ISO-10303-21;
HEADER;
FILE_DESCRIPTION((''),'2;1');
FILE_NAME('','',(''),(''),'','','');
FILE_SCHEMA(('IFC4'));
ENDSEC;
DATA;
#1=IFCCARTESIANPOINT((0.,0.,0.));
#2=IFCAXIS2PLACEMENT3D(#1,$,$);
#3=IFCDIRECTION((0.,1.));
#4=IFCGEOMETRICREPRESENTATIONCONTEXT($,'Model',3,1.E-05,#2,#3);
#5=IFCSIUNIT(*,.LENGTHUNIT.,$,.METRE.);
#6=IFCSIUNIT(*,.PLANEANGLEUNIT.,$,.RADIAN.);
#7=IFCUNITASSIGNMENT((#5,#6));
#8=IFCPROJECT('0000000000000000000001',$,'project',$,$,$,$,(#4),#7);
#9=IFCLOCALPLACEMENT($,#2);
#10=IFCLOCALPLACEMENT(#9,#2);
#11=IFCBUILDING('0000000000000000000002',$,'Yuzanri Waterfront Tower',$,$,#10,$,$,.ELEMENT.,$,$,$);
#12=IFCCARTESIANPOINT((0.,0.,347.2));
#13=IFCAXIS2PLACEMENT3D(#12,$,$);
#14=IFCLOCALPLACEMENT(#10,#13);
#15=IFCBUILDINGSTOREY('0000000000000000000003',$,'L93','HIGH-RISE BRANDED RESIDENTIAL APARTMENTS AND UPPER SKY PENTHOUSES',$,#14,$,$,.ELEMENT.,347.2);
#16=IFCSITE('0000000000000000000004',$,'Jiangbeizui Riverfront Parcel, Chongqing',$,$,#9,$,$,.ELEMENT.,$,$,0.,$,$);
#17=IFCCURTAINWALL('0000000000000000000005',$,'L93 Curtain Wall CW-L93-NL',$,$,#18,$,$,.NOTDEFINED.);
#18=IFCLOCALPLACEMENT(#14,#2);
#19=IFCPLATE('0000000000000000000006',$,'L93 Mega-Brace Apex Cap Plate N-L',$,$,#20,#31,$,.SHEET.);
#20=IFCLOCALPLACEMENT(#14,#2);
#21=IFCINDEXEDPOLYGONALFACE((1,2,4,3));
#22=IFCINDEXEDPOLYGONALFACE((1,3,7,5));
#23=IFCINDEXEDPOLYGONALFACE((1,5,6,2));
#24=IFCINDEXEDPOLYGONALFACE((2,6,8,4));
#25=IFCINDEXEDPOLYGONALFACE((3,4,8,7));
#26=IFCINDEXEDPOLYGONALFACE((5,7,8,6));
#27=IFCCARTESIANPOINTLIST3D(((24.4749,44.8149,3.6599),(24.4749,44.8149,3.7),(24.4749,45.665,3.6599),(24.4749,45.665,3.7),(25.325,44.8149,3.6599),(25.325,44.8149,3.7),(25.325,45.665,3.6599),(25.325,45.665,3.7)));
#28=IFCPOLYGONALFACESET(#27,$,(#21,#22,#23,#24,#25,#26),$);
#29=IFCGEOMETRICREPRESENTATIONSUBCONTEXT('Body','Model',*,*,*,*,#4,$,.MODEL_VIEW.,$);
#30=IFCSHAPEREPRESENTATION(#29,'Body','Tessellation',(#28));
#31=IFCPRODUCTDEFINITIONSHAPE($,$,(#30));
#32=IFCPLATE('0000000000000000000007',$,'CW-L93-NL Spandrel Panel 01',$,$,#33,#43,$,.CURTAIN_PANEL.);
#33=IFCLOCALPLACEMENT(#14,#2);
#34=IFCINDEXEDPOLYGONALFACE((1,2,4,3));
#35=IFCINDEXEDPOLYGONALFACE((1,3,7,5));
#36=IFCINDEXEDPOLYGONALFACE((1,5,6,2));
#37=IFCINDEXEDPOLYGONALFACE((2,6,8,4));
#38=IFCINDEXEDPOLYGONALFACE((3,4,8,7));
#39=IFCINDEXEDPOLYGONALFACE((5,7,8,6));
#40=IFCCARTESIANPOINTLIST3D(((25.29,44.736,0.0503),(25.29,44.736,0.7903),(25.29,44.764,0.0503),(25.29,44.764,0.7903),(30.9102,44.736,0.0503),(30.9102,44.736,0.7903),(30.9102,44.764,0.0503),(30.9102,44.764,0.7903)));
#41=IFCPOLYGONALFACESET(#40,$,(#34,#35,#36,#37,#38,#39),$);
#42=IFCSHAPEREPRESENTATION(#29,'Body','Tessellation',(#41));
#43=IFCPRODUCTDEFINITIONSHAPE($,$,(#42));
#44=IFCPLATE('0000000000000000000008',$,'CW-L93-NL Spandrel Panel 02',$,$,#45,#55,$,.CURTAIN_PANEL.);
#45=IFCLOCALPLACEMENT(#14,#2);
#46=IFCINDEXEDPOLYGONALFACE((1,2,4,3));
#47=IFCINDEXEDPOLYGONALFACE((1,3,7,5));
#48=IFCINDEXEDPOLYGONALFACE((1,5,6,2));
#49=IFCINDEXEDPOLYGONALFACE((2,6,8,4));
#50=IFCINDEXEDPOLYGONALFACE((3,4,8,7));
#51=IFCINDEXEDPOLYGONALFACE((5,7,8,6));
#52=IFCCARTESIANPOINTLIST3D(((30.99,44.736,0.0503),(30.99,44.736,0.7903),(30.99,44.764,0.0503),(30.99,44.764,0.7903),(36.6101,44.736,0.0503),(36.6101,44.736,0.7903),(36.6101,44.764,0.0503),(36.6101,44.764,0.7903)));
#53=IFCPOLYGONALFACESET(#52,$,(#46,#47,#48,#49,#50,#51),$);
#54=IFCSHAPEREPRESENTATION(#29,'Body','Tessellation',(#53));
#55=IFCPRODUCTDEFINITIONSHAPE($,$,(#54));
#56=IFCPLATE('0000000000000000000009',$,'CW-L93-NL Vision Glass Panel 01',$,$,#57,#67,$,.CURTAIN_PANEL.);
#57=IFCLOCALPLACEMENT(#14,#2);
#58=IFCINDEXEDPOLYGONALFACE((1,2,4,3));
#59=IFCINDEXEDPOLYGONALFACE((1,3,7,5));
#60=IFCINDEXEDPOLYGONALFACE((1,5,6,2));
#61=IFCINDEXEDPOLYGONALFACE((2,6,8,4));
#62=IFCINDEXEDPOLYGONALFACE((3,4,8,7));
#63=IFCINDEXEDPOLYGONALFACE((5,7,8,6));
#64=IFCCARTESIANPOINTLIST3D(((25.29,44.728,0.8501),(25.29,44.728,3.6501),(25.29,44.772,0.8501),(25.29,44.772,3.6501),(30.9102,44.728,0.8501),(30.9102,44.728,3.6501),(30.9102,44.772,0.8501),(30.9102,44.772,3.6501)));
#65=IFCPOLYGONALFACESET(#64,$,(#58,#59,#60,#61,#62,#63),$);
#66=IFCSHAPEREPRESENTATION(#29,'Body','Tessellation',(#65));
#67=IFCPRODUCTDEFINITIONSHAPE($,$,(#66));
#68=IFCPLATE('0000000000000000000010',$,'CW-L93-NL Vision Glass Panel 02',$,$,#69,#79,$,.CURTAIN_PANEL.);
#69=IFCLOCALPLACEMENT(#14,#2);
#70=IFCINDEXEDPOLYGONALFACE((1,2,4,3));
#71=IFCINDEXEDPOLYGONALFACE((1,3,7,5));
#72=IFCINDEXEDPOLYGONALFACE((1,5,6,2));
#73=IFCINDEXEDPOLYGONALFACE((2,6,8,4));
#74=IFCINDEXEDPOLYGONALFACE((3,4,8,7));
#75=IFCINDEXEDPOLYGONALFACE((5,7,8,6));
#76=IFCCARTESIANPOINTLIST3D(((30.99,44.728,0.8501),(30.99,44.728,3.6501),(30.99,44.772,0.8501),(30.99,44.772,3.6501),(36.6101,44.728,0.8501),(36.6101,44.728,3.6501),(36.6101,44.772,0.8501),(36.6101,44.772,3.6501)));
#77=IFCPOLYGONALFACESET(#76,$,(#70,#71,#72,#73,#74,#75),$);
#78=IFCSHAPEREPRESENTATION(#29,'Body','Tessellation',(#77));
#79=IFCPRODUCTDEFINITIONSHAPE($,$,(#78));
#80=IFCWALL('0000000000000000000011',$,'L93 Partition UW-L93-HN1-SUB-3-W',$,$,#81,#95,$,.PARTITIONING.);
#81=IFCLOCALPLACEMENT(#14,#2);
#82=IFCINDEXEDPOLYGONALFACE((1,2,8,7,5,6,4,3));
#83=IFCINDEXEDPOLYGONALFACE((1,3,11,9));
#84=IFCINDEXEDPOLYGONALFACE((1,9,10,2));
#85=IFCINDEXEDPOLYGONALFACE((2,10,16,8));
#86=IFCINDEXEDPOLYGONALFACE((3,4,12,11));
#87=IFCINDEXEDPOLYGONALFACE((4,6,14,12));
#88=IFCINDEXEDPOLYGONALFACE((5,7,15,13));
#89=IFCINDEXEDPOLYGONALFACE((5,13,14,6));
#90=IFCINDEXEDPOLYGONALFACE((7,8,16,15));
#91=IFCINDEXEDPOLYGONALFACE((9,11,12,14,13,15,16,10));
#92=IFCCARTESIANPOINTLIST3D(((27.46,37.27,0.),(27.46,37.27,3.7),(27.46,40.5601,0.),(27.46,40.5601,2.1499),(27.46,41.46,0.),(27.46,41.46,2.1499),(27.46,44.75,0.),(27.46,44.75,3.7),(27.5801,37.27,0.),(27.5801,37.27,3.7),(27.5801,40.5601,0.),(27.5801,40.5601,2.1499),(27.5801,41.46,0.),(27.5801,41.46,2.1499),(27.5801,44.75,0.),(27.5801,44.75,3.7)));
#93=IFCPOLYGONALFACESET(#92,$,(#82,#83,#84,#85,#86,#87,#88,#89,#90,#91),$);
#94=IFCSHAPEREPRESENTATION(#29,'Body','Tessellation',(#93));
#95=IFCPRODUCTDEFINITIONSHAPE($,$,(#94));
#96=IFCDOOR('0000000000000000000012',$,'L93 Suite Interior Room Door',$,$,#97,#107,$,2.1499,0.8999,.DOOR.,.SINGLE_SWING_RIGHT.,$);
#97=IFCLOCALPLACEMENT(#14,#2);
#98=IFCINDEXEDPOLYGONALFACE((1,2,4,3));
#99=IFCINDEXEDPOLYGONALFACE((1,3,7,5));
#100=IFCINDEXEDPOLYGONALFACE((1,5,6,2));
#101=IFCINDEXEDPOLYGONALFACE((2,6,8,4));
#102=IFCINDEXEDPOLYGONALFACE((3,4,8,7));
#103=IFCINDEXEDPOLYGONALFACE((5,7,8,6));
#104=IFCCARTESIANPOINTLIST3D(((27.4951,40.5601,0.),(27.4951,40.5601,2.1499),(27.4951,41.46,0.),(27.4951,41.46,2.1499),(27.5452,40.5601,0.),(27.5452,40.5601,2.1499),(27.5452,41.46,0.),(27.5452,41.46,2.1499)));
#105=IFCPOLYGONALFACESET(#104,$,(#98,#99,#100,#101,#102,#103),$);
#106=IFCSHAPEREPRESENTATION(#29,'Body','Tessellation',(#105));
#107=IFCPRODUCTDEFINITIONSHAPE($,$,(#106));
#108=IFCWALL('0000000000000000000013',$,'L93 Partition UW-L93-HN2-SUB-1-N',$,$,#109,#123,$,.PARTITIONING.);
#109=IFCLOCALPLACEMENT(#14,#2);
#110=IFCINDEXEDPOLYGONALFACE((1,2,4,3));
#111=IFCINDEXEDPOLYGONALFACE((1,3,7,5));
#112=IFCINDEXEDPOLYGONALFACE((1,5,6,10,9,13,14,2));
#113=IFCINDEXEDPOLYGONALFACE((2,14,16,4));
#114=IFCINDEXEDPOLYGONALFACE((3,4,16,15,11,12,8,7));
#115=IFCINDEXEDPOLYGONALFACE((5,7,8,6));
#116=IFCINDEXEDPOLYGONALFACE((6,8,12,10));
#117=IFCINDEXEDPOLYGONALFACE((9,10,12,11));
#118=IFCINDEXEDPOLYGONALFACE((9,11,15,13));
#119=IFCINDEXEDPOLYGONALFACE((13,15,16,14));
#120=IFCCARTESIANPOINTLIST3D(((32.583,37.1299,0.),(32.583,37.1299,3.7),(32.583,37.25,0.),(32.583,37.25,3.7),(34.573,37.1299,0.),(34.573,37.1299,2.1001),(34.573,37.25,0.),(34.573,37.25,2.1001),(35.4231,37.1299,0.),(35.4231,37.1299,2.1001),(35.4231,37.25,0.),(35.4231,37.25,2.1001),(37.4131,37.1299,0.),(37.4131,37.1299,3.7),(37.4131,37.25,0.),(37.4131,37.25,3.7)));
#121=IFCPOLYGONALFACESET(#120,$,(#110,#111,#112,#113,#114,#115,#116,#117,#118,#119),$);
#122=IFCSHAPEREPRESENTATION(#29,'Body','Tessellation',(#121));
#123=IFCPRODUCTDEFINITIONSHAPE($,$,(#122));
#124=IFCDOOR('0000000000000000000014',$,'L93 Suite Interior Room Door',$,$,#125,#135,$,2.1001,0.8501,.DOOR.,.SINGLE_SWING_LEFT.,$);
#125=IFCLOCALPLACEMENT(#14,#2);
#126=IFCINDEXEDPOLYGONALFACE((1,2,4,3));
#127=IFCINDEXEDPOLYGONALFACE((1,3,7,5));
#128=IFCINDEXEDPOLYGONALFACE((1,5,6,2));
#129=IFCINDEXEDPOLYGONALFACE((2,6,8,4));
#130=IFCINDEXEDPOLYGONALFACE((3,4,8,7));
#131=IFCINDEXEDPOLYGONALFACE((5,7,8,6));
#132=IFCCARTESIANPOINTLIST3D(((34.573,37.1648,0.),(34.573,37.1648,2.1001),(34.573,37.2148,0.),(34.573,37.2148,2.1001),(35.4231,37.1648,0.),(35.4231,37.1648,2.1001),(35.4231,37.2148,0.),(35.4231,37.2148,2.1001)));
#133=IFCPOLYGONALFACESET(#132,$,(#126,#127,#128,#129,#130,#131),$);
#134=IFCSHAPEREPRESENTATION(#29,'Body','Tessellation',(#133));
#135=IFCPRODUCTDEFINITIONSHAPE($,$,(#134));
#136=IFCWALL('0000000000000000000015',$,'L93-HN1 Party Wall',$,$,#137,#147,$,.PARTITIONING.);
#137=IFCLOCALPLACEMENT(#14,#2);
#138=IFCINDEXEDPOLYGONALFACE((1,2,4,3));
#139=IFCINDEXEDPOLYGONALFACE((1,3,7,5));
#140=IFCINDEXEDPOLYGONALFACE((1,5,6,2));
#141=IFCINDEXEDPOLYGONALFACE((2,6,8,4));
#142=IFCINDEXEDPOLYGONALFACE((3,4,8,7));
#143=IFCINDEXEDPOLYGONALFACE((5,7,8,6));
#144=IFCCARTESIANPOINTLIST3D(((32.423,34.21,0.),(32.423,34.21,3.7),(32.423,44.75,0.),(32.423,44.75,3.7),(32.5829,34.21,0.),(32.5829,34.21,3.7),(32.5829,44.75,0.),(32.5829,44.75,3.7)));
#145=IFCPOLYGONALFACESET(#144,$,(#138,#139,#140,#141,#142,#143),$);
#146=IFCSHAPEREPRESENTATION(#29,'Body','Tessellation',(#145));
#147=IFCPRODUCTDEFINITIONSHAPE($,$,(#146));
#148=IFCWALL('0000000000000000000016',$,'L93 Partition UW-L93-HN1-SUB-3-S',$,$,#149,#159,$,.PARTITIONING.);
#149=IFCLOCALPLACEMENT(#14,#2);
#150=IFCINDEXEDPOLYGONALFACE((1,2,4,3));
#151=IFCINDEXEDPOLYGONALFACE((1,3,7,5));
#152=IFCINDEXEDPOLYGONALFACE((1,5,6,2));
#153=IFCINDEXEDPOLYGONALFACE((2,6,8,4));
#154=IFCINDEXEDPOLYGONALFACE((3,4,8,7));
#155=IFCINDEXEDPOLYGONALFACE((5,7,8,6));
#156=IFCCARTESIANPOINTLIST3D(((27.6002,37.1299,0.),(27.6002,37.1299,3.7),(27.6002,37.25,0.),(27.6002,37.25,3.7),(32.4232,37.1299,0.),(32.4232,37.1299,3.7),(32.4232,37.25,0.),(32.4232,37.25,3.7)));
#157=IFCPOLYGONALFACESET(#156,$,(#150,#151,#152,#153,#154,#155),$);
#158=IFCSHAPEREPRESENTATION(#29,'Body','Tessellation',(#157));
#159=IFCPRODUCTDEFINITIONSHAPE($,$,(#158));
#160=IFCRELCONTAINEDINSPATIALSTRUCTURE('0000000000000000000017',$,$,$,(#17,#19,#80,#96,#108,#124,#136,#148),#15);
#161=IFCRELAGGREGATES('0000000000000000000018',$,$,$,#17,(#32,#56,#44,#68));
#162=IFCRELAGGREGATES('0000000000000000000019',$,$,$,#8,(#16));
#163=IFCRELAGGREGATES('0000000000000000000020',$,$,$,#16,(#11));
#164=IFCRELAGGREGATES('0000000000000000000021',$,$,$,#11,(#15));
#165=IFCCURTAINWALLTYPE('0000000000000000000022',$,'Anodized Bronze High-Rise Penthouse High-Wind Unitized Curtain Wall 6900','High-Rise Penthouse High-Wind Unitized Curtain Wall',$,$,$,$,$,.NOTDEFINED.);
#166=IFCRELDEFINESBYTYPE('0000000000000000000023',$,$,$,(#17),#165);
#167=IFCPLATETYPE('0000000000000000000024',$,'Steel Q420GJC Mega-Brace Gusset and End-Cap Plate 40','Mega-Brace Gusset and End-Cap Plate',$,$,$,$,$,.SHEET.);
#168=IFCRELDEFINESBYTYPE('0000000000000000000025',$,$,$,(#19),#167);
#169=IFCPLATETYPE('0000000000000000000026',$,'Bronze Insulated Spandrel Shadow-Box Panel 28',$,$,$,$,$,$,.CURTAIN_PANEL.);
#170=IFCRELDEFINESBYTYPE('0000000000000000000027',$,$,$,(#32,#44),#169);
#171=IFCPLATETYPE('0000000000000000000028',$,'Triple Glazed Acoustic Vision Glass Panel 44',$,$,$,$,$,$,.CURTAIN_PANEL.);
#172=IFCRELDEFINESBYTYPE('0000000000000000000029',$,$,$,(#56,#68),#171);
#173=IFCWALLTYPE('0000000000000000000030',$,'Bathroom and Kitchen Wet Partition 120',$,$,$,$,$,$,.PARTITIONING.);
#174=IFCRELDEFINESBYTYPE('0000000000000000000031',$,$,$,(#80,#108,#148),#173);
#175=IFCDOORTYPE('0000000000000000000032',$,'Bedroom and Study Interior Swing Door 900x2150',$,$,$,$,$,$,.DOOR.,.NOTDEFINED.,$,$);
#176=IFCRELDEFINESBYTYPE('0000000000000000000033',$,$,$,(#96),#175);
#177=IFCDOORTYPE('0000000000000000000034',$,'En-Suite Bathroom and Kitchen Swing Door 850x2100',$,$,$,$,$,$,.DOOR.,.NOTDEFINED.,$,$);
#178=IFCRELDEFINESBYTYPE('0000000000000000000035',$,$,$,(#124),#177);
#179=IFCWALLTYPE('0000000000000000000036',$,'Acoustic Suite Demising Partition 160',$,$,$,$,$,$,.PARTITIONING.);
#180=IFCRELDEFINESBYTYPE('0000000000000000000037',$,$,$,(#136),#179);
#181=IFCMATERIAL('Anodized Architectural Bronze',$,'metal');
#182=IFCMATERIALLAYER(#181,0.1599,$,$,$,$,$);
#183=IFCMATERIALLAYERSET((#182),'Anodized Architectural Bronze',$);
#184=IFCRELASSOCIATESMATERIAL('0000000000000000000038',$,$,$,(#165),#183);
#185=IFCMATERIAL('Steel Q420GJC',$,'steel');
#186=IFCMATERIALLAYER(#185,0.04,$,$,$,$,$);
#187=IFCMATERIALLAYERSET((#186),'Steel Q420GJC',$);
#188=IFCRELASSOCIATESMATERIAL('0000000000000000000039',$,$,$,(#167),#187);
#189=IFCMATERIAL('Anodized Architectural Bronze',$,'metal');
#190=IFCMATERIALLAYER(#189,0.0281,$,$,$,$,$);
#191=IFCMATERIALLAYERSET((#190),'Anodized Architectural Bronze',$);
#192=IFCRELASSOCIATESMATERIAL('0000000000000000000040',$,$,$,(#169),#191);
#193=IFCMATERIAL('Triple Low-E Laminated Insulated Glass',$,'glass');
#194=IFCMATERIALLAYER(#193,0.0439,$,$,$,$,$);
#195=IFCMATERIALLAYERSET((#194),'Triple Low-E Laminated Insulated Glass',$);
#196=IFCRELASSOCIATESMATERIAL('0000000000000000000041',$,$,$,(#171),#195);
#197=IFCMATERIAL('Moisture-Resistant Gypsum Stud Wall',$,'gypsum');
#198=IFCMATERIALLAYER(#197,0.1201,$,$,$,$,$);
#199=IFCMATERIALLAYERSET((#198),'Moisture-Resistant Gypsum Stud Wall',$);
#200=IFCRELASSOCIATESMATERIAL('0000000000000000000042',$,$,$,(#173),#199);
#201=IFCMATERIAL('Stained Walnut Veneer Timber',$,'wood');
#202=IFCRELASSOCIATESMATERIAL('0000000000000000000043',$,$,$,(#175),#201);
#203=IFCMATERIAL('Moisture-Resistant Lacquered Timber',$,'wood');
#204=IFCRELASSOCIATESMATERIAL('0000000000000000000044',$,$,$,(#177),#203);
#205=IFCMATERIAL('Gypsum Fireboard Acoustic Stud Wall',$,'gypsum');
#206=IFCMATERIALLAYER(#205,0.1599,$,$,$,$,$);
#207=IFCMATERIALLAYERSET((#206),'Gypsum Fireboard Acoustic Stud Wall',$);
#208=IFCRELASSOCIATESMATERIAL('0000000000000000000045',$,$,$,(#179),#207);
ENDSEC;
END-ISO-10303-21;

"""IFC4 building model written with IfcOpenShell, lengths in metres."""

from ifc_helpers import new_model, si_unit, direction, frame, frame_2d, origin, origin_2d, place, context, subcontext, project, spatial, rectangle, extrude, source, transform, mapped, material, layer, layer_set, type_object, element, fill, aggregate, save


model = new_model("IFC4")

# Units and contexts
model_context = context("Model", 3, precision=1e-05, world=origin(), true_north=direction((0.0, 1.0)))
body_context = subcontext(model_context, "Body", "Model", "MODEL_VIEW")
ifc_project = project(units=[si_unit("LENGTHUNIT", "METRE"), si_unit("PLANEANGLEUNIT", "RADIAN")], contexts=[model_context])

# Site, building, storey
site_placement = place(None, origin())
site = spatial("IfcSite", under=ifc_project, at=site_placement, Name="Jiangbeizui Riverfront Parcel, Chongqing", CompositionType="ELEMENT", RefElevation=0.0)
building_placement = place(site_placement, origin())
building = spatial("IfcBuilding", under=site, at=building_placement, Name="Yuzanri Waterfront Tower", CompositionType="ELEMENT")
storey_placement = place(building_placement, frame((0.0, 0.0, 347.2)))
storey = spatial("IfcBuildingStorey", under=building, at=storey_placement, Name="L93", Description="HIGH-RISE BRANDED RESIDENTIAL APARTMENTS AND UPPER SKY PENTHOUSES", CompositionType="ELEMENT", Elevation=347.2)

# Curtain wall
ifc_material_1 = material(Name="Anodized Architectural Bronze", Category="metal")
ifc_layer_1 = layer(ifc_material_1, 0.1599)
ifc_layer_set_1 = layer_set([ifc_layer_1], Name="Anodized Architectural Bronze")
curtain_wall_type = type_object("IfcCurtainWallType", Name="Anodized Bronze High-Rise Penthouse High-Wind Unitized Curtain Wall 6900", Description="High-Rise Penthouse High-Wind Unitized Curtain Wall", PredefinedType="NOTDEFINED", material=ifc_layer_set_1)
curtain_wall_placement = place(storey_placement, origin())
curtain_wall = element("IfcCurtainWall", 1, at=curtain_wall_placement, inside=storey, type_object=curtain_wall_type, Name="L93 Curtain Wall CW-L93-NL", PredefinedType="NOTDEFINED")

# Plates
ifc_material_2 = material(Name="Steel Q420GJC", Category="steel")
ifc_layer_2 = layer(ifc_material_2, 0.04)
ifc_layer_set_2 = layer_set([ifc_layer_2], Name="Steel Q420GJC")
plate_type_1 = type_object("IfcPlateType", Name="Steel Q420GJC Mega-Brace Gusset and End-Cap Plate 40", Description="Mega-Brace Gusset and End-Cap Plate", PredefinedType="SHEET", material=ifc_layer_set_2)
shared_shape_1 = source(origin(), body_context, "Body", "SweptSolid", [
    extrude(rectangle(XDim=0.8501, YDim=0.8501, at=origin_2d()), origin(), (0.0, 0.0, 1.0), 0.04),
])
plate_1_placement = place(storey_placement, frame((24.8999, 45.24, 3.6599), z_axis=(0.0, 0.0, 1.0), x_axis=(1.0, 0.0, 0.0)))
element("IfcPlate", 2, at=plate_1_placement, inside=storey, type_object=plate_type_1, Name="L93 Mega-Brace Apex Cap Plate N-L", PredefinedType="SHEET", context=body_context, shape_type="MappedRepresentation", body=[
    mapped(shared_shape_1, transform((0.0, 0.0, 0.0), scale=1.0)),
])
ifc_material_3 = material(Name="Anodized Architectural Bronze", Category="metal")
ifc_layer_3 = layer(ifc_material_3, 0.0281)
ifc_layer_set_3 = layer_set([ifc_layer_3], Name="Anodized Architectural Bronze")
plate_type_2 = type_object("IfcPlateType", Name="Bronze Insulated Spandrel Shadow-Box Panel 28", PredefinedType="CURTAIN_PANEL", material=ifc_layer_set_3)
shared_shape_2 = source(origin(), body_context, "Body", "SweptSolid", [
    extrude(rectangle(XDim=5.6201, YDim=0.0281, at=origin_2d()), origin(), (0.0, 0.0, 1.0), 0.74),
])
plate_2_placement = place(storey_placement, frame((28.1001, 44.75, 0.0503), z_axis=(0.0, 0.0, 1.0), x_axis=(1.0, 0.0, 0.0)))
plate_2 = element("IfcPlate", 3, at=plate_2_placement, type_object=plate_type_2, Name="CW-L93-NL Spandrel Panel 01", PredefinedType="CURTAIN_PANEL", context=body_context, shape_type="MappedRepresentation", body=[
    mapped(shared_shape_2, transform((0.0, 0.0, 0.0), scale=1.0)),
])
plate_3_placement = place(storey_placement, frame((33.8, 44.75, 0.0503), z_axis=(0.0, 0.0, 1.0), x_axis=(1.0, 0.0, 0.0)))
plate_3 = element("IfcPlate", 4, at=plate_3_placement, type_object=plate_type_2, Name="CW-L93-NL Spandrel Panel 02", PredefinedType="CURTAIN_PANEL", context=body_context, shape_type="MappedRepresentation", body=[
    mapped(shared_shape_2, transform((0.0, 0.0, 0.0), scale=1.0)),
])
ifc_material_4 = material(Name="Triple Low-E Laminated Insulated Glass", Category="glass")
ifc_layer_4 = layer(ifc_material_4, 0.0439)
ifc_layer_set_4 = layer_set([ifc_layer_4], Name="Triple Low-E Laminated Insulated Glass")
plate_type_3 = type_object("IfcPlateType", Name="Triple Glazed Acoustic Vision Glass Panel 44", PredefinedType="CURTAIN_PANEL", material=ifc_layer_set_4)
shared_shape_3 = source(origin(), body_context, "Body", "SweptSolid", [
    extrude(rectangle(XDim=5.6201, YDim=0.0439, at=origin_2d()), origin(), (0.0, 0.0, 1.0), 2.8),
])
plate_4_placement = place(storey_placement, frame((28.1001, 44.75, 0.8501), z_axis=(0.0, 0.0, 1.0), x_axis=(1.0, 0.0, 0.0)))
plate_4 = element("IfcPlate", 5, at=plate_4_placement, type_object=plate_type_3, Name="CW-L93-NL Vision Glass Panel 01", PredefinedType="CURTAIN_PANEL", context=body_context, shape_type="MappedRepresentation", body=[
    mapped(shared_shape_3, transform((0.0, 0.0, 0.0), scale=1.0)),
])
plate_5_placement = place(storey_placement, frame((33.8, 44.75, 0.8501), z_axis=(0.0, 0.0, 1.0), x_axis=(1.0, 0.0, 0.0)))
plate_5 = element("IfcPlate", 6, at=plate_5_placement, type_object=plate_type_3, Name="CW-L93-NL Vision Glass Panel 02", PredefinedType="CURTAIN_PANEL", context=body_context, shape_type="MappedRepresentation", body=[
    mapped(shared_shape_3, transform((0.0, 0.0, 0.0), scale=1.0)),
])
aggregate(curtain_wall, [plate_2, plate_4, plate_3, plate_5])

# Walls, openings, doors
ifc_material_5 = material(Name="Moisture-Resistant Gypsum Stud Wall", Category="gypsum")
ifc_layer_5 = layer(ifc_material_5, 0.1201)
ifc_layer_set_5 = layer_set([ifc_layer_5], Name="Moisture-Resistant Gypsum Stud Wall")
wall_type_1 = type_object("IfcWallType", Name="Bathroom and Kitchen Wet Partition 120", PredefinedType="PARTITIONING", material=ifc_layer_set_5)
wall_1_placement = place(storey_placement, frame((27.52, 37.27, 0.0), z_axis=(0.0, 0.0, 1.0), x_axis=(0.0, 1.0, 0.0)))
wall_1 = element("IfcWall", 7, at=wall_1_placement, inside=storey, type_object=wall_type_1, Name="L93 Partition UW-L93-HN1-SUB-3-W", PredefinedType="PARTITIONING", context=body_context, shape_type="SweptSolid", body=[
    extrude(rectangle(XDim=7.48, YDim=0.1201, at=frame_2d((3.74, 0.0))), origin(), (0.0, 0.0, 1.0), 3.7),
])
opening_1_placement = place(wall_1_placement, frame((3.29, 0.0, 0.0)))
opening_1 = element("IfcOpeningElement", 8, at=opening_1_placement, cuts=wall_1, PredefinedType="OPENING", context=body_context, shape_type="SweptSolid", body=[
    extrude(rectangle(XDim=0.8999, YDim=2.1499, at=frame_2d((0.45, 1.075))), frame((0.0, 0.075, 0.0), z_axis=(0.0, -1.0, 0.0), x_axis=(1.0, 0.0, 0.0)), (0.0, 0.0, 1.0), 0.1499),
])
ifc_material_6 = material(Name="Stained Walnut Veneer Timber", Category="wood")
door_type_1 = type_object("IfcDoorType", Name="Bedroom and Study Interior Swing Door 900x2150", OperationType="NOTDEFINED", PredefinedType="DOOR", material=ifc_material_6)
shared_shape_4 = source(origin(), body_context, "Body", "SweptSolid", [
    extrude(rectangle(XDim=0.8999, YDim=2.1499, at=frame_2d((0.45, 1.075))), frame((0.0, 0.0249, 0.0), z_axis=(0.0, -1.0, 0.0), x_axis=(1.0, 0.0, 0.0)), (0.0, 0.0, 1.0), 0.05),
])
door_1_placement = place(opening_1_placement, origin())
door_1 = element("IfcDoor", 9, at=door_1_placement, inside=storey, type_object=door_type_1, Name="L93 Suite Interior Room Door", OperationType="SINGLE_SWING_RIGHT", OverallHeight=2.1499, OverallWidth=0.8999, PredefinedType="DOOR", context=body_context, shape_type="MappedRepresentation", body=[
    mapped(shared_shape_4, transform((0.0, 0.0, 0.0), scale=1.0)),
])
fill(opening_1, door_1)
wall_2_placement = place(storey_placement, frame((32.583, 37.1899, 0.0), z_axis=(0.0, 0.0, 1.0), x_axis=(1.0, 0.0, 0.0)))
wall_2 = element("IfcWall", 10, at=wall_2_placement, inside=storey, type_object=wall_type_1, Name="L93 Partition UW-L93-HN2-SUB-1-N", PredefinedType="PARTITIONING", context=body_context, shape_type="SweptSolid", body=[
    extrude(rectangle(XDim=4.8301, YDim=0.1201, at=frame_2d((2.415, 0.0))), origin(), (0.0, 0.0, 1.0), 3.7),
])
opening_2_placement = place(wall_2_placement, frame((1.99, 0.0, 0.0)))
opening_2 = element("IfcOpeningElement", 11, at=opening_2_placement, cuts=wall_2, PredefinedType="OPENING", context=body_context, shape_type="SweptSolid", body=[
    extrude(rectangle(XDim=0.8501, YDim=2.1001, at=frame_2d((0.425, 1.05))), frame((0.0, 0.075, 0.0), z_axis=(0.0, -1.0, 0.0), x_axis=(1.0, 0.0, 0.0)), (0.0, 0.0, 1.0), 0.1499),
])
ifc_material_7 = material(Name="Moisture-Resistant Lacquered Timber", Category="wood")
door_type_2 = type_object("IfcDoorType", Name="En-Suite Bathroom and Kitchen Swing Door 850x2100", OperationType="NOTDEFINED", PredefinedType="DOOR", material=ifc_material_7)
shared_shape_5 = source(origin(), body_context, "Body", "SweptSolid", [
    extrude(rectangle(XDim=0.8501, YDim=2.1001, at=frame_2d((0.425, 1.05))), frame((0.0, 0.0249, 0.0), z_axis=(0.0, -1.0, 0.0), x_axis=(1.0, 0.0, 0.0)), (0.0, 0.0, 1.0), 0.05),
])
door_2_placement = place(opening_2_placement, origin())
door_2 = element("IfcDoor", 12, at=door_2_placement, inside=storey, type_object=door_type_2, Name="L93 Suite Interior Room Door", OperationType="SINGLE_SWING_LEFT", OverallHeight=2.1001, OverallWidth=0.8501, PredefinedType="DOOR", context=body_context, shape_type="MappedRepresentation", body=[
    mapped(shared_shape_5, transform((0.0, 0.0, 0.0), scale=1.0)),
])
fill(opening_2, door_2)

# Walls
ifc_material_8 = material(Name="Gypsum Fireboard Acoustic Stud Wall", Category="gypsum")
ifc_layer_6 = layer(ifc_material_8, 0.1599)
ifc_layer_set_6 = layer_set([ifc_layer_6], Name="Gypsum Fireboard Acoustic Stud Wall")
wall_type_2 = type_object("IfcWallType", Name="Acoustic Suite Demising Partition 160", PredefinedType="PARTITIONING", material=ifc_layer_set_6)
shared_shape_6 = source(origin(), body_context, "Body", "SweptSolid", [
    extrude(rectangle(XDim=10.54, YDim=0.1599, at=frame_2d((5.27, 0.0))), origin(), (0.0, 0.0, 1.0), 3.7),
])
wall_3_placement = place(storey_placement, frame((32.5029, 34.21, 0.0), z_axis=(0.0, 0.0, 1.0), x_axis=(0.0, 1.0, 0.0)))
element("IfcWall", 13, at=wall_3_placement, inside=storey, type_object=wall_type_2, Name="L93-HN1 Party Wall", PredefinedType="PARTITIONING", context=body_context, shape_type="MappedRepresentation", body=[
    mapped(shared_shape_6, transform((0.0, 0.0, 0.0), scale=1.0)),
])
shared_shape_7 = source(origin(), body_context, "Body", "SweptSolid", [
    extrude(rectangle(XDim=4.823, YDim=0.1201, at=frame_2d((2.4116, 0.0))), origin(), (0.0, 0.0, 1.0), 3.7),
])
wall_4_placement = place(storey_placement, frame((27.6001, 37.1899, 0.0), z_axis=(0.0, 0.0, 1.0), x_axis=(1.0, 0.0, 0.0)))
element("IfcWall", 14, at=wall_4_placement, inside=storey, type_object=wall_type_1, Name="L93 Partition UW-L93-HN1-SUB-3-S", PredefinedType="PARTITIONING", context=body_context, shape_type="MappedRepresentation", body=[
    mapped(shared_shape_7, transform((0.0, 0.0, 0.0), scale=1.0)),
])

save(model, "model.ifc")
